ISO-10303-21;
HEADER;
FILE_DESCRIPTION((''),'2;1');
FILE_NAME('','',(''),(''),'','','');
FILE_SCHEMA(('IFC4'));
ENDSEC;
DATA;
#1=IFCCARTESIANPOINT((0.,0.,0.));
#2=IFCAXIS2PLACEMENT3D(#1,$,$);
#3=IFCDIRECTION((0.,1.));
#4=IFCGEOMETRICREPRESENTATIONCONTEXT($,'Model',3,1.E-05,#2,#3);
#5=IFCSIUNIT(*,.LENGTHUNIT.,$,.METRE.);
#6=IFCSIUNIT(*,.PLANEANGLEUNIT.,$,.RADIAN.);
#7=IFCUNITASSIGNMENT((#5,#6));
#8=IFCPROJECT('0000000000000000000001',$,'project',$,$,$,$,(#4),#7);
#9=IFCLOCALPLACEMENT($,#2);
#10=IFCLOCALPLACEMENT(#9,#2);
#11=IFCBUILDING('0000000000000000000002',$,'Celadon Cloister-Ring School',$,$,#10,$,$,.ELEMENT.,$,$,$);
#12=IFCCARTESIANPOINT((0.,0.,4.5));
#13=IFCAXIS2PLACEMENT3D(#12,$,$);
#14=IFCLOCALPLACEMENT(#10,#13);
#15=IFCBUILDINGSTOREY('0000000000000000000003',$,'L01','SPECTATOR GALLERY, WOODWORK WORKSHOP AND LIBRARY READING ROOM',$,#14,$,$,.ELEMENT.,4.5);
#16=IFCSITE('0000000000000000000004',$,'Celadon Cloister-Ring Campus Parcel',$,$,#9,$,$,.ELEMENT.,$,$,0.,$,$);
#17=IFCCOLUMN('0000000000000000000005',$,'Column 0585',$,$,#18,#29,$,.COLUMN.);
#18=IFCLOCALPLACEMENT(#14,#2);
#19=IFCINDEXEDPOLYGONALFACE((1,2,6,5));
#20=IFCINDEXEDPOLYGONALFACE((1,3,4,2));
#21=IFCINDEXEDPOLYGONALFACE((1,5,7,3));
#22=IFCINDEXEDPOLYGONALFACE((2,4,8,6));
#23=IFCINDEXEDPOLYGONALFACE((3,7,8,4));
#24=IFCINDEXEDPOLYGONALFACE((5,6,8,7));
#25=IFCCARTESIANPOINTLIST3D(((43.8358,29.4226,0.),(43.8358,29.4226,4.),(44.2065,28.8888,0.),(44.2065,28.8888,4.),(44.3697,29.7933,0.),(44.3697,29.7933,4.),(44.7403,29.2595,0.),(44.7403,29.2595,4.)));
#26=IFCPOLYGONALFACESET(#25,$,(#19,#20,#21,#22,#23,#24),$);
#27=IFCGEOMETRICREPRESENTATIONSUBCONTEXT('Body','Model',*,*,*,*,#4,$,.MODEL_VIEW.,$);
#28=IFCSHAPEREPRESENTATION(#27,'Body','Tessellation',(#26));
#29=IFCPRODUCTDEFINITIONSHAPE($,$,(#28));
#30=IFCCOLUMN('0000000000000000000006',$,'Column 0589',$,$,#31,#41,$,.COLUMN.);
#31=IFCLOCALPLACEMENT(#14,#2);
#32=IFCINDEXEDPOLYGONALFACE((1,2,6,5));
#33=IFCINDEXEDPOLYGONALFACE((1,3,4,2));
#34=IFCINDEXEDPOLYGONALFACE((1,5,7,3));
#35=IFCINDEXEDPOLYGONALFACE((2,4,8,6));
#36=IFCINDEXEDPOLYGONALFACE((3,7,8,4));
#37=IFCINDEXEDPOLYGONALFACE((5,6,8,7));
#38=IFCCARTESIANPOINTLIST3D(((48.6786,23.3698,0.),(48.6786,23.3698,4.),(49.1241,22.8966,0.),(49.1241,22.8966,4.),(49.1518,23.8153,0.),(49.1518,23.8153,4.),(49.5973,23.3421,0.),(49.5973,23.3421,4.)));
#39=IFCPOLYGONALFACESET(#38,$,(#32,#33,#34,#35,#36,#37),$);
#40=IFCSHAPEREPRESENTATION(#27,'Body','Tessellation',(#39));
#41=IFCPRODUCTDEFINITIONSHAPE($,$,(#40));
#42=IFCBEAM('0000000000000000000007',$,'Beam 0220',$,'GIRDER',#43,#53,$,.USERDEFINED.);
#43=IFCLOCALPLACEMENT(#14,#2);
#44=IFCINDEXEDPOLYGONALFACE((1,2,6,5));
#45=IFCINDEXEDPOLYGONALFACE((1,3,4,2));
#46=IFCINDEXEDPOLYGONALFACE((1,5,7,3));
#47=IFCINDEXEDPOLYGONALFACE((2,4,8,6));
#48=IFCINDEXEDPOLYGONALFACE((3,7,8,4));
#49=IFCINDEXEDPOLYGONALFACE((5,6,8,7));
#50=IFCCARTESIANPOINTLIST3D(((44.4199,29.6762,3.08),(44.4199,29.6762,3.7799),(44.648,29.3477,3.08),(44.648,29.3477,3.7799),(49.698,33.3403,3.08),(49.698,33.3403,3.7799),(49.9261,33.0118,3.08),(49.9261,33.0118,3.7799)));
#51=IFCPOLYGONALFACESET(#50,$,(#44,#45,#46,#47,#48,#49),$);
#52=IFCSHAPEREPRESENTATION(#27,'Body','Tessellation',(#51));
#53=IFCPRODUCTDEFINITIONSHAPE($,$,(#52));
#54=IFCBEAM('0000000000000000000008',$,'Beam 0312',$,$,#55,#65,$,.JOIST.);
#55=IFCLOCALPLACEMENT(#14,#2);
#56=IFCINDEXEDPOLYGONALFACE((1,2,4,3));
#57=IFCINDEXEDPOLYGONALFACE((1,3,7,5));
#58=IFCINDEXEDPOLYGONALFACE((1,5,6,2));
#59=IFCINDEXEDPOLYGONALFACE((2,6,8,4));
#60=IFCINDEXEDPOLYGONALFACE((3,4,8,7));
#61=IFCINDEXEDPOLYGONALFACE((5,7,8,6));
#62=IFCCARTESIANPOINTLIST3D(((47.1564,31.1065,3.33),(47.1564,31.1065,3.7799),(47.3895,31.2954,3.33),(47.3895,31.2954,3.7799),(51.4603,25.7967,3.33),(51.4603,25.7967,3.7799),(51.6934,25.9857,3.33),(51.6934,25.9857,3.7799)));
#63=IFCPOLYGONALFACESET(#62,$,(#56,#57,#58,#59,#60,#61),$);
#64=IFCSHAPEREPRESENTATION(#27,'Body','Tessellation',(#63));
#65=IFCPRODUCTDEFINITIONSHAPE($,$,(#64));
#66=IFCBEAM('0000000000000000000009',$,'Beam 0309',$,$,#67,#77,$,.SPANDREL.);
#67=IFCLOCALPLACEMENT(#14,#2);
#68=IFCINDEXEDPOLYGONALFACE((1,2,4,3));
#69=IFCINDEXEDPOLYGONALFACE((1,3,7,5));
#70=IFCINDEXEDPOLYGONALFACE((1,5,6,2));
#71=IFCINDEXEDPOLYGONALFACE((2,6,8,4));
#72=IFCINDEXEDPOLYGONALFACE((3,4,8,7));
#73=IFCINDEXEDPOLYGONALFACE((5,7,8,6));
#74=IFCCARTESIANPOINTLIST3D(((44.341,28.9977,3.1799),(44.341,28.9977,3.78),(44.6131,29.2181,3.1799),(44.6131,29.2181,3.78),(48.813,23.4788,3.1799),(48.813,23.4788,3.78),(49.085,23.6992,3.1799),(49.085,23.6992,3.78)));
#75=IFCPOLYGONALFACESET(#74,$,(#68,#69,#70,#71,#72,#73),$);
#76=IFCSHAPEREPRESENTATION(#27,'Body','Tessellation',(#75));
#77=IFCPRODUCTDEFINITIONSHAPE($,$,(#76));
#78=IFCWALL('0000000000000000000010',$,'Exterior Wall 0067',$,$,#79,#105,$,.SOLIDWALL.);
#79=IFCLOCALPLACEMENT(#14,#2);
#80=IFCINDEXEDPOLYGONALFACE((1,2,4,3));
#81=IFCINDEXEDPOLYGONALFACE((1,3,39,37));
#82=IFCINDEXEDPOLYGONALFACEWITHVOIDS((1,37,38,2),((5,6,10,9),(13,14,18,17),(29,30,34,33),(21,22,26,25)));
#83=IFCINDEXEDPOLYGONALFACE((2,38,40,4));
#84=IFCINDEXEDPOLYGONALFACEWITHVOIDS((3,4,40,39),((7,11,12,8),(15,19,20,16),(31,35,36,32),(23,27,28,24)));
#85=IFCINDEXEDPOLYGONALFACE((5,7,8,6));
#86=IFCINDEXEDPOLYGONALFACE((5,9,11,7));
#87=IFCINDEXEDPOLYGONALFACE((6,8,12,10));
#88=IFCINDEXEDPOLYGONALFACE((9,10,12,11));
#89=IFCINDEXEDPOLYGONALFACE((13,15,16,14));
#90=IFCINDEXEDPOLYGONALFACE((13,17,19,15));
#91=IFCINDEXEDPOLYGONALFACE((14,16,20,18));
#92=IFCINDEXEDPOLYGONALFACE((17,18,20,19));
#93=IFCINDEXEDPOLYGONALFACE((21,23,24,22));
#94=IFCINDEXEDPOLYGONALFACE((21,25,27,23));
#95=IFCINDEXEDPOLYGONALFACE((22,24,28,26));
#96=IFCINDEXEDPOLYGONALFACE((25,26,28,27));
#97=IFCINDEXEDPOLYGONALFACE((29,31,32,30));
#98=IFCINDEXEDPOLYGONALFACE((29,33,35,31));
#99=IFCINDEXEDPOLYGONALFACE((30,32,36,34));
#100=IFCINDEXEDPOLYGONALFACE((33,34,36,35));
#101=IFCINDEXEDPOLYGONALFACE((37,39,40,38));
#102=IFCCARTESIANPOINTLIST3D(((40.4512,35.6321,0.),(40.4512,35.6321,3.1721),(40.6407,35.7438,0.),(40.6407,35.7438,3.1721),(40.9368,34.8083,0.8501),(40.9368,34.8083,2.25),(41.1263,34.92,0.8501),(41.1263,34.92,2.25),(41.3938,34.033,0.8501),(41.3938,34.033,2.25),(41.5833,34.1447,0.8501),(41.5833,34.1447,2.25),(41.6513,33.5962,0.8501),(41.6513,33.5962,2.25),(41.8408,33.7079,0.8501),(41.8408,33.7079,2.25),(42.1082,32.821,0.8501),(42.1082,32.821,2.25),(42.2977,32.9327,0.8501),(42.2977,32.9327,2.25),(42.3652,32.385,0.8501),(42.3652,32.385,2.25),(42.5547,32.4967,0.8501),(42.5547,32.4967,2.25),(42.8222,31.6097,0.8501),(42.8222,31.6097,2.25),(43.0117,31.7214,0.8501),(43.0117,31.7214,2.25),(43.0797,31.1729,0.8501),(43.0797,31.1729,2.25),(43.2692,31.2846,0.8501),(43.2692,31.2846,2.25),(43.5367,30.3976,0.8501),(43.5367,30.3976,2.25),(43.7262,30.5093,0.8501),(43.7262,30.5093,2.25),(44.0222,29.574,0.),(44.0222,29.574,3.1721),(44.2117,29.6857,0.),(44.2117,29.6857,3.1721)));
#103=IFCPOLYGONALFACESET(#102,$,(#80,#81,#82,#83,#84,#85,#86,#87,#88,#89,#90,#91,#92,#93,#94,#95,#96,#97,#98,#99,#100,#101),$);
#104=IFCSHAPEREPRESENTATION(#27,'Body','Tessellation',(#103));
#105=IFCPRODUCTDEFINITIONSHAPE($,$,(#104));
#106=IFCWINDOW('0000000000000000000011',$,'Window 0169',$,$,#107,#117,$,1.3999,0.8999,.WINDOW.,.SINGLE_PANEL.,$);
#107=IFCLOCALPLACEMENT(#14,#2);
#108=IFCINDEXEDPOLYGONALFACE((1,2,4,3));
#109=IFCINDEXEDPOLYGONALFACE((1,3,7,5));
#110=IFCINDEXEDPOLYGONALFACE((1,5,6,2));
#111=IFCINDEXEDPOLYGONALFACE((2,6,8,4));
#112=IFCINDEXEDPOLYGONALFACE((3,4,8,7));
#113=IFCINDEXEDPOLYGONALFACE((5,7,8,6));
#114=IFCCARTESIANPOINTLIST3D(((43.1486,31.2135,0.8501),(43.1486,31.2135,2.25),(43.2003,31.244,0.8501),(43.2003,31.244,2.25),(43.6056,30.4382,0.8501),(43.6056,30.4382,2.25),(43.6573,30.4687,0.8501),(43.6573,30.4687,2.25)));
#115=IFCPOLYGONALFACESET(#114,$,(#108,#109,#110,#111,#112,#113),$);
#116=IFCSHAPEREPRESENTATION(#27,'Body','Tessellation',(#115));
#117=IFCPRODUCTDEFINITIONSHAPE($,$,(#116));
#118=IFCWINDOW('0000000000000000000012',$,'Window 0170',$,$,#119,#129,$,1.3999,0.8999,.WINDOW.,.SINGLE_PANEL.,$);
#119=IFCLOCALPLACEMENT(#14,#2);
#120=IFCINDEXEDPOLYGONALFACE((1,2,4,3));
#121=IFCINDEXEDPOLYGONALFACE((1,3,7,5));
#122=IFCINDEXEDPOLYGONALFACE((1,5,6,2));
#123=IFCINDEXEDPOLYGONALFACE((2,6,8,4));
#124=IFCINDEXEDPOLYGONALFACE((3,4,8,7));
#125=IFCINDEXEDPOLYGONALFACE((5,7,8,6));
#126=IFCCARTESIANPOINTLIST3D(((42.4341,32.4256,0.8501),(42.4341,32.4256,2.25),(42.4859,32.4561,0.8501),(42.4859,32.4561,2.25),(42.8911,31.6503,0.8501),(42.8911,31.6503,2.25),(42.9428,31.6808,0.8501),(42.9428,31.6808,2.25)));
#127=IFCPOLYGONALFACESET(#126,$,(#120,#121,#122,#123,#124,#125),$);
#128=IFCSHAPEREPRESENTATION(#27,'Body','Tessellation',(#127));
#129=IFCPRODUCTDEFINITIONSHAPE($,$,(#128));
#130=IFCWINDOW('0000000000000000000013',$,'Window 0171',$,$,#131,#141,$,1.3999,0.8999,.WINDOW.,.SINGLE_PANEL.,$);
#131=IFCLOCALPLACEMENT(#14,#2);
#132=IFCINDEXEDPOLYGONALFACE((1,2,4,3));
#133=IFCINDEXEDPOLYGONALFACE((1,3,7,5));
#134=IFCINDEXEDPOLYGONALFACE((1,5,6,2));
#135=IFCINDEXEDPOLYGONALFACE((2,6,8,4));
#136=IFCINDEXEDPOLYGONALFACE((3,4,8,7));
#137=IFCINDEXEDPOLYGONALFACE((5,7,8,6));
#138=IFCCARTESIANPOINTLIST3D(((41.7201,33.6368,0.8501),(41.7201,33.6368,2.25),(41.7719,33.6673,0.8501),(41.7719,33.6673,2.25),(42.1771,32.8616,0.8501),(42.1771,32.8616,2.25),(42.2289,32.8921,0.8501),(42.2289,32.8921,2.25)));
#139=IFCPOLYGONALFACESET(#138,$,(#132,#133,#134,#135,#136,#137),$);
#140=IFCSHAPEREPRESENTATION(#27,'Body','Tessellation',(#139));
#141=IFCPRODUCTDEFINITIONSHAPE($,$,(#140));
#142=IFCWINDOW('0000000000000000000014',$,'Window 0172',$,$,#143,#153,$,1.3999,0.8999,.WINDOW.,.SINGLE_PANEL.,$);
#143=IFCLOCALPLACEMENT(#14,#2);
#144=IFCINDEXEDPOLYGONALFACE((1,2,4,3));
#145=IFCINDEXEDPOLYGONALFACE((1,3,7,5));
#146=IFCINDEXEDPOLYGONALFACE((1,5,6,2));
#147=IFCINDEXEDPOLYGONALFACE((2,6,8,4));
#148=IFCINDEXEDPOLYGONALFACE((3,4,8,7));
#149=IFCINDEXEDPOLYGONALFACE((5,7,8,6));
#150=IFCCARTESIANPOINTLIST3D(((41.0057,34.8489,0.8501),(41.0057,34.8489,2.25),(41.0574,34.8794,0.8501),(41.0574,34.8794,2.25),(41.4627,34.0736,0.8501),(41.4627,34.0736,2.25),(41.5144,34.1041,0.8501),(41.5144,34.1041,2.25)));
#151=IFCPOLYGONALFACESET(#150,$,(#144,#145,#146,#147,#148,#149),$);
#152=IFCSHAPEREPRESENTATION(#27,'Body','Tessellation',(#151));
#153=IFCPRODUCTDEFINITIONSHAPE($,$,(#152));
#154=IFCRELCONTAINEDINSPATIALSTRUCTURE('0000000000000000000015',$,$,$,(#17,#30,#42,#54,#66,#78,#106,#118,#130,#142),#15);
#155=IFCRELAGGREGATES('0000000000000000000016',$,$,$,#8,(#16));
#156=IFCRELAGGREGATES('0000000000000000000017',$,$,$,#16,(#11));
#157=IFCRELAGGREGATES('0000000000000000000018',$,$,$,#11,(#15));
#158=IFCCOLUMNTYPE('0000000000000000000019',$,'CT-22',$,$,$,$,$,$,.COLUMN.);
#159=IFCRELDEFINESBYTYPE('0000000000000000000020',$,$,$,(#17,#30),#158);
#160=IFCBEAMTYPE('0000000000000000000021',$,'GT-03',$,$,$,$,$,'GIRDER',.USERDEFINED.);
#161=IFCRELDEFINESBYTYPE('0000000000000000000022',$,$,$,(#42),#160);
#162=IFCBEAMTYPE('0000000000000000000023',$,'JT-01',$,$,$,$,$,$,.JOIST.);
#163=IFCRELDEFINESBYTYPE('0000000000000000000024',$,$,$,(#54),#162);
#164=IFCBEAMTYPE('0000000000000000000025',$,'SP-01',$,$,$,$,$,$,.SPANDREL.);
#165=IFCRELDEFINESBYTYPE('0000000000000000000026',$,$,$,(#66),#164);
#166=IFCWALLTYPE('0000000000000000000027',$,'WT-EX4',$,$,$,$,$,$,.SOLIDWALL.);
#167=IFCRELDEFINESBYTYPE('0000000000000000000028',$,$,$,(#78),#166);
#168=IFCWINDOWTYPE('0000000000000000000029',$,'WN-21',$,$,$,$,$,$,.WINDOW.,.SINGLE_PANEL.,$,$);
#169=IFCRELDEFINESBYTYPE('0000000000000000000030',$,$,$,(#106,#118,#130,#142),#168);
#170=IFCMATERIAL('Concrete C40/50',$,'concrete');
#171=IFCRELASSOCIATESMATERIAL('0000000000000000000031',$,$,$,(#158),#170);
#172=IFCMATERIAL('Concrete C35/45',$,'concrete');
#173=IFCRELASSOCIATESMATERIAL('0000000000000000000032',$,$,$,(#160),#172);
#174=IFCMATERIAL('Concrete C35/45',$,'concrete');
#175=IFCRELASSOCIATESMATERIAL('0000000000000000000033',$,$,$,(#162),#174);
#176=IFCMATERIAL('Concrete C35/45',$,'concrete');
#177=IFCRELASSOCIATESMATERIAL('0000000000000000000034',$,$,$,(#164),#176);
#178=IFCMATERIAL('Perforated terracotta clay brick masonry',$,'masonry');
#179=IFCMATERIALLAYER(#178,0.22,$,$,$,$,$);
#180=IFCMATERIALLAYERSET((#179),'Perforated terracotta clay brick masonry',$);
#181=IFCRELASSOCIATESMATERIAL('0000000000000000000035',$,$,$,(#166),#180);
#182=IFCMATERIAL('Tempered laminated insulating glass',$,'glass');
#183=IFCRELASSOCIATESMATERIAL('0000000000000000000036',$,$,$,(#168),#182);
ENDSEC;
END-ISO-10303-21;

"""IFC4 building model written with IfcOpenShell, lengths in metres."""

from ifc_helpers import new_model, si_unit, direction, frame, frame_2d, origin, origin_2d, place, context, subcontext, project, spatial, rectangle, extrude, material, layer, layer_set, material_profile, profile_set, type_object, element, fill, save


model = new_model("IFC4")

# Units and contexts
model_context = context("Model", 3, precision=1e-05, world=origin(), true_north=direction((0.0, 1.0)))
body_context = subcontext(model_context, "Body", "Model", "MODEL_VIEW")
ifc_project = project(units=[si_unit("LENGTHUNIT", "METRE"), si_unit("PLANEANGLEUNIT", "RADIAN")], contexts=[model_context])

# Site, building, storey
site_placement = place(None, origin())
site = spatial("IfcSite", under=ifc_project, at=site_placement, Name="Celadon Cloister-Ring Campus Parcel", CompositionType="ELEMENT", RefElevation=0.0)
building_placement = place(site_placement, origin())
building = spatial("IfcBuilding", under=site, at=building_placement, Name="Celadon Cloister-Ring School", CompositionType="ELEMENT")
storey_placement = place(building_placement, frame((0.0, 0.0, 4.5)))
storey = spatial("IfcBuildingStorey", under=building, at=storey_placement, Name="L01", Description="SPECTATOR GALLERY, WOODWORK WORKSHOP AND LIBRARY READING ROOM", CompositionType="ELEMENT", Elevation=4.5)

# Columns
ifc_material_1 = material(Name="Concrete C40/50", Category="concrete")
ifc_material_profile_1 = material_profile(ifc_material_1, rectangle(XDim=0.6499, YDim=0.6499, at=origin_2d()), Name="RC650X650")
ifc_profile_set_1 = profile_set([ifc_material_profile_1], Name="Concrete C40/50")
column_type = type_object("IfcColumnType", Name="CT-22", PredefinedType="COLUMN", material=ifc_profile_set_1)
for number, where, z_axis, x_axis, name in (
    (1, (44.2881, 29.3411, 0.0), (0.0, 0.0, 1.0), (-0.821388, -0.57037, 0.0), "Column 0585"),
    (2, (49.1379, 23.356, 0.0), (0.0, 0.0, 1.0), (-0.728108, -0.685463, 0.0), "Column 0589"),
):
    element("IfcColumn", number, at=place(storey_placement, frame(where, z_axis=z_axis, x_axis=x_axis)), inside=storey, type_object=column_type, Name=name, PredefinedType="COLUMN", context=body_context, shape_type="SweptSolid", body=[
        extrude(rectangle(XDim=0.6499, YDim=0.6499, at=origin_2d()), origin(), (0.0, 0.0, 1.0), 4.0),
    ])

# Beams
ifc_material_2 = material(Name="Concrete C35/45", Category="concrete")
ifc_material_profile_2 = material_profile(ifc_material_2, rectangle(XDim=0.3999, YDim=0.7, at=origin_2d()), Name="RC400X700")
ifc_profile_set_2 = profile_set([ifc_material_profile_2], Name="Concrete C35/45")
beam_type_1 = type_object("IfcBeamType", Name="GT-03", ElementType="GIRDER", PredefinedType="USERDEFINED", material=ifc_profile_set_2)
beam_1_placement = place(storey_placement, frame((44.5339, 29.512, 3.4299), z_axis=(0.821462, 0.570263, 0.0), x_axis=(-0.570263, 0.821462, 0.0)))
element("IfcBeam", 3, at=beam_1_placement, inside=storey, type_object=beam_type_1, Name="Beam 0220", ObjectType="GIRDER", PredefinedType="USERDEFINED", context=body_context, shape_type="SweptSolid", body=[
    extrude(rectangle(XDim=0.3999, YDim=0.7, at=origin_2d()), origin(), (0.0, 0.0, 1.0), 6.4253),
])
ifc_material_3 = material(Name="Concrete C35/45", Category="concrete")
ifc_material_profile_3 = material_profile(ifc_material_3, rectangle(XDim=0.3, YDim=0.45, at=origin_2d()), Name="RC300X450")
ifc_profile_set_3 = profile_set([ifc_material_profile_3], Name="Concrete C35/45")
beam_type_2 = type_object("IfcBeamType", Name="JT-01", PredefinedType="JOIST", material=ifc_profile_set_3)
beam_2_placement = place(storey_placement, frame((47.2729, 31.2009, 3.5549), z_axis=(0.629687, -0.776849, 0.0), x_axis=(0.776849, 0.629687, 0.0)))
element("IfcBeam", 4, at=beam_2_placement, inside=storey, type_object=beam_type_2, Name="Beam 0312", PredefinedType="JOIST", context=body_context, shape_type="SweptSolid", body=[
    extrude(rectangle(XDim=0.3, YDim=0.45, at=origin_2d()), origin(), (0.0, 0.0, 1.0), 6.835),
])
ifc_material_4 = material(Name="Concrete C35/45", Category="concrete")
ifc_material_profile_4 = material_profile(ifc_material_4, rectangle(XDim=0.3501, YDim=0.6001, at=origin_2d()), Name="RC350X600")
ifc_profile_set_4 = profile_set([ifc_material_profile_4], Name="Concrete C35/45")
beam_type_3 = type_object("IfcBeamType", Name="SP-01", PredefinedType="SPANDREL", material=ifc_profile_set_4)
beam_3_placement = place(storey_placement, frame((44.4771, 29.1079, 3.48), z_axis=(0.629566, -0.776947, 0.0), x_axis=(0.776947, 0.629566, 0.0)))
element("IfcBeam", 5, at=beam_3_placement, inside=storey, type_object=beam_type_3, Name="Beam 0309", PredefinedType="SPANDREL", context=body_context, shape_type="SweptSolid", body=[
    extrude(rectangle(XDim=0.3501, YDim=0.6001, at=origin_2d()), origin(), (0.0, 0.0, 1.0), 7.1033),
])

# Wall, openings, windows
ifc_material_5 = material(Name="Perforated terracotta clay brick masonry", Category="masonry")
ifc_layer_1 = layer(ifc_material_5, 0.22)
ifc_layer_set_1 = layer_set([ifc_layer_1], Name="Perforated terracotta clay brick masonry")
wall_type = type_object("IfcWallType", Name="WT-EX4", PredefinedType="SOLIDWALL", material=ifc_layer_set_1)
wall_1_placement = place(storey_placement, frame((44.1169, 29.6299, 0.0), z_axis=(0.0, 0.0, 1.0), x_axis=(-0.507807, 0.861471, 0.0)))
wall_1 = element("IfcWall", 6, at=wall_1_placement, inside=storey, type_object=wall_type, Name="Exterior Wall 0067", PredefinedType="SOLIDWALL", context=body_context, shape_type="SweptSolid", body=[
    extrude(rectangle(XDim=7.0322, YDim=0.22, at=frame_2d((3.5161, 0.0))), origin(), (0.0, 0.0, 1.0), 3.1721),
])
opening_1_placement = place(wall_1_placement, frame((0.9561, 0.0, 0.8501)))
opening_1 = element("IfcOpeningElement", 7, at=opening_1_placement, cuts=wall_1, PredefinedType="OPENING", context=body_context, shape_type="SweptSolid", body=[
    extrude(rectangle(XDim=0.8999, YDim=1.3999, at=frame_2d((0.45, 0.7))), frame((0.0, 0.1201, 0.0), z_axis=(0.0, -1.0, 0.0), x_axis=(1.0, 0.0, 0.0)), (0.0, 0.0, 1.0), 0.24),
])
opening_2_placement = place(wall_1_placement, frame((2.363, 0.0, 0.8501)))
opening_2 = element("IfcOpeningElement", 8, at=opening_2_placement, cuts=wall_1, PredefinedType="OPENING", context=body_context, shape_type="SweptSolid", body=[
    extrude(rectangle(XDim=0.8999, YDim=1.3999, at=frame_2d((0.45, 0.7))), frame((0.0, 0.1201, 0.0), z_axis=(0.0, -1.0, 0.0), x_axis=(1.0, 0.0, 0.0)), (0.0, 0.0, 1.0), 0.24),
])
opening_3_placement = place(wall_1_placement, frame((3.769, 0.0, 0.8501)))
opening_3 = element("IfcOpeningElement", 9, at=opening_3_placement, cuts=wall_1, PredefinedType="OPENING", context=body_context, shape_type="SweptSolid", body=[
    extrude(rectangle(XDim=0.8999, YDim=1.3999, at=frame_2d((0.45, 0.7))), frame((0.0, 0.1201, 0.0), z_axis=(0.0, -1.0, 0.0), x_axis=(1.0, 0.0, 0.0)), (0.0, 0.0, 1.0), 0.24),
])
opening_4_placement = place(wall_1_placement, frame((5.176, 0.0, 0.8501)))
opening_4 = element("IfcOpeningElement", 10, at=opening_4_placement, cuts=wall_1, PredefinedType="OPENING", context=body_context, shape_type="SweptSolid", body=[
    extrude(rectangle(XDim=0.8999, YDim=1.3999, at=frame_2d((0.45, 0.7))), frame((0.0, 0.1201, 0.0), z_axis=(0.0, -1.0, 0.0), x_axis=(1.0, 0.0, 0.0)), (0.0, 0.0, 1.0), 0.24),
])
ifc_material_6 = material(Name="Tempered laminated insulating glass", Category="glass")
window_type = type_object("IfcWindowType", Name="WN-21", PartitioningType="SINGLE_PANEL", PredefinedType="WINDOW", material=ifc_material_6)
window_1_placement = place(opening_1_placement, origin())
window_1 = element("IfcWindow", 11, at=window_1_placement, inside=storey, type_object=window_type, Name="Window 0169", OverallHeight=1.3999, OverallWidth=0.8999, PartitioningType="SINGLE_PANEL", PredefinedType="WINDOW", context=body_context, shape_type="SweptSolid", body=[
    extrude(rectangle(XDim=0.8999, YDim=1.3999, at=frame_2d((0.45, 0.7))), frame((0.0, 0.03, 0.0), z_axis=(0.0, -1.0, 0.0), x_axis=(1.0, 0.0, 0.0)), (0.0, 0.0, 1.0), 0.0601),
])
fill(opening_1, window_1)
window_2_placement = place(opening_2_placement, origin())
window_2 = element("IfcWindow", 12, at=window_2_placement, inside=storey, type_object=window_type, Name="Window 0170", OverallHeight=1.3999, OverallWidth=0.8999, PartitioningType="SINGLE_PANEL", PredefinedType="WINDOW", context=body_context, shape_type="SweptSolid", body=[
    extrude(rectangle(XDim=0.8999, YDim=1.3999, at=frame_2d((0.45, 0.7))), frame((0.0, 0.03, 0.0), z_axis=(0.0, -1.0, 0.0), x_axis=(1.0, 0.0, 0.0)), (0.0, 0.0, 1.0), 0.0601),
])
fill(opening_2, window_2)
window_3_placement = place(opening_3_placement, origin())
window_3 = element("IfcWindow", 13, at=window_3_placement, inside=storey, type_object=window_type, Name="Window 0171", OverallHeight=1.3999, OverallWidth=0.8999, PartitioningType="SINGLE_PANEL", PredefinedType="WINDOW", context=body_context, shape_type="SweptSolid", body=[
    extrude(rectangle(XDim=0.8999, YDim=1.3999, at=frame_2d((0.45, 0.7))), frame((0.0, 0.03, 0.0), z_axis=(0.0, -1.0, 0.0), x_axis=(1.0, 0.0, 0.0)), (0.0, 0.0, 1.0), 0.0601),
])
fill(opening_3, window_3)
window_4_placement = place(opening_4_placement, origin())
window_4 = element("IfcWindow", 14, at=window_4_placement, inside=storey, type_object=window_type, Name="Window 0172", OverallHeight=1.3999, OverallWidth=0.8999, PartitioningType="SINGLE_PANEL", PredefinedType="WINDOW", context=body_context, shape_type="SweptSolid", body=[
    extrude(rectangle(XDim=0.8999, YDim=1.3999, at=frame_2d((0.45, 0.7))), frame((0.0, 0.03, 0.0), z_axis=(0.0, -1.0, 0.0), x_axis=(1.0, 0.0, 0.0)), (0.0, 0.0, 1.0), 0.0601),
])
fill(opening_4, window_4)

save(model, "model.ifc")
